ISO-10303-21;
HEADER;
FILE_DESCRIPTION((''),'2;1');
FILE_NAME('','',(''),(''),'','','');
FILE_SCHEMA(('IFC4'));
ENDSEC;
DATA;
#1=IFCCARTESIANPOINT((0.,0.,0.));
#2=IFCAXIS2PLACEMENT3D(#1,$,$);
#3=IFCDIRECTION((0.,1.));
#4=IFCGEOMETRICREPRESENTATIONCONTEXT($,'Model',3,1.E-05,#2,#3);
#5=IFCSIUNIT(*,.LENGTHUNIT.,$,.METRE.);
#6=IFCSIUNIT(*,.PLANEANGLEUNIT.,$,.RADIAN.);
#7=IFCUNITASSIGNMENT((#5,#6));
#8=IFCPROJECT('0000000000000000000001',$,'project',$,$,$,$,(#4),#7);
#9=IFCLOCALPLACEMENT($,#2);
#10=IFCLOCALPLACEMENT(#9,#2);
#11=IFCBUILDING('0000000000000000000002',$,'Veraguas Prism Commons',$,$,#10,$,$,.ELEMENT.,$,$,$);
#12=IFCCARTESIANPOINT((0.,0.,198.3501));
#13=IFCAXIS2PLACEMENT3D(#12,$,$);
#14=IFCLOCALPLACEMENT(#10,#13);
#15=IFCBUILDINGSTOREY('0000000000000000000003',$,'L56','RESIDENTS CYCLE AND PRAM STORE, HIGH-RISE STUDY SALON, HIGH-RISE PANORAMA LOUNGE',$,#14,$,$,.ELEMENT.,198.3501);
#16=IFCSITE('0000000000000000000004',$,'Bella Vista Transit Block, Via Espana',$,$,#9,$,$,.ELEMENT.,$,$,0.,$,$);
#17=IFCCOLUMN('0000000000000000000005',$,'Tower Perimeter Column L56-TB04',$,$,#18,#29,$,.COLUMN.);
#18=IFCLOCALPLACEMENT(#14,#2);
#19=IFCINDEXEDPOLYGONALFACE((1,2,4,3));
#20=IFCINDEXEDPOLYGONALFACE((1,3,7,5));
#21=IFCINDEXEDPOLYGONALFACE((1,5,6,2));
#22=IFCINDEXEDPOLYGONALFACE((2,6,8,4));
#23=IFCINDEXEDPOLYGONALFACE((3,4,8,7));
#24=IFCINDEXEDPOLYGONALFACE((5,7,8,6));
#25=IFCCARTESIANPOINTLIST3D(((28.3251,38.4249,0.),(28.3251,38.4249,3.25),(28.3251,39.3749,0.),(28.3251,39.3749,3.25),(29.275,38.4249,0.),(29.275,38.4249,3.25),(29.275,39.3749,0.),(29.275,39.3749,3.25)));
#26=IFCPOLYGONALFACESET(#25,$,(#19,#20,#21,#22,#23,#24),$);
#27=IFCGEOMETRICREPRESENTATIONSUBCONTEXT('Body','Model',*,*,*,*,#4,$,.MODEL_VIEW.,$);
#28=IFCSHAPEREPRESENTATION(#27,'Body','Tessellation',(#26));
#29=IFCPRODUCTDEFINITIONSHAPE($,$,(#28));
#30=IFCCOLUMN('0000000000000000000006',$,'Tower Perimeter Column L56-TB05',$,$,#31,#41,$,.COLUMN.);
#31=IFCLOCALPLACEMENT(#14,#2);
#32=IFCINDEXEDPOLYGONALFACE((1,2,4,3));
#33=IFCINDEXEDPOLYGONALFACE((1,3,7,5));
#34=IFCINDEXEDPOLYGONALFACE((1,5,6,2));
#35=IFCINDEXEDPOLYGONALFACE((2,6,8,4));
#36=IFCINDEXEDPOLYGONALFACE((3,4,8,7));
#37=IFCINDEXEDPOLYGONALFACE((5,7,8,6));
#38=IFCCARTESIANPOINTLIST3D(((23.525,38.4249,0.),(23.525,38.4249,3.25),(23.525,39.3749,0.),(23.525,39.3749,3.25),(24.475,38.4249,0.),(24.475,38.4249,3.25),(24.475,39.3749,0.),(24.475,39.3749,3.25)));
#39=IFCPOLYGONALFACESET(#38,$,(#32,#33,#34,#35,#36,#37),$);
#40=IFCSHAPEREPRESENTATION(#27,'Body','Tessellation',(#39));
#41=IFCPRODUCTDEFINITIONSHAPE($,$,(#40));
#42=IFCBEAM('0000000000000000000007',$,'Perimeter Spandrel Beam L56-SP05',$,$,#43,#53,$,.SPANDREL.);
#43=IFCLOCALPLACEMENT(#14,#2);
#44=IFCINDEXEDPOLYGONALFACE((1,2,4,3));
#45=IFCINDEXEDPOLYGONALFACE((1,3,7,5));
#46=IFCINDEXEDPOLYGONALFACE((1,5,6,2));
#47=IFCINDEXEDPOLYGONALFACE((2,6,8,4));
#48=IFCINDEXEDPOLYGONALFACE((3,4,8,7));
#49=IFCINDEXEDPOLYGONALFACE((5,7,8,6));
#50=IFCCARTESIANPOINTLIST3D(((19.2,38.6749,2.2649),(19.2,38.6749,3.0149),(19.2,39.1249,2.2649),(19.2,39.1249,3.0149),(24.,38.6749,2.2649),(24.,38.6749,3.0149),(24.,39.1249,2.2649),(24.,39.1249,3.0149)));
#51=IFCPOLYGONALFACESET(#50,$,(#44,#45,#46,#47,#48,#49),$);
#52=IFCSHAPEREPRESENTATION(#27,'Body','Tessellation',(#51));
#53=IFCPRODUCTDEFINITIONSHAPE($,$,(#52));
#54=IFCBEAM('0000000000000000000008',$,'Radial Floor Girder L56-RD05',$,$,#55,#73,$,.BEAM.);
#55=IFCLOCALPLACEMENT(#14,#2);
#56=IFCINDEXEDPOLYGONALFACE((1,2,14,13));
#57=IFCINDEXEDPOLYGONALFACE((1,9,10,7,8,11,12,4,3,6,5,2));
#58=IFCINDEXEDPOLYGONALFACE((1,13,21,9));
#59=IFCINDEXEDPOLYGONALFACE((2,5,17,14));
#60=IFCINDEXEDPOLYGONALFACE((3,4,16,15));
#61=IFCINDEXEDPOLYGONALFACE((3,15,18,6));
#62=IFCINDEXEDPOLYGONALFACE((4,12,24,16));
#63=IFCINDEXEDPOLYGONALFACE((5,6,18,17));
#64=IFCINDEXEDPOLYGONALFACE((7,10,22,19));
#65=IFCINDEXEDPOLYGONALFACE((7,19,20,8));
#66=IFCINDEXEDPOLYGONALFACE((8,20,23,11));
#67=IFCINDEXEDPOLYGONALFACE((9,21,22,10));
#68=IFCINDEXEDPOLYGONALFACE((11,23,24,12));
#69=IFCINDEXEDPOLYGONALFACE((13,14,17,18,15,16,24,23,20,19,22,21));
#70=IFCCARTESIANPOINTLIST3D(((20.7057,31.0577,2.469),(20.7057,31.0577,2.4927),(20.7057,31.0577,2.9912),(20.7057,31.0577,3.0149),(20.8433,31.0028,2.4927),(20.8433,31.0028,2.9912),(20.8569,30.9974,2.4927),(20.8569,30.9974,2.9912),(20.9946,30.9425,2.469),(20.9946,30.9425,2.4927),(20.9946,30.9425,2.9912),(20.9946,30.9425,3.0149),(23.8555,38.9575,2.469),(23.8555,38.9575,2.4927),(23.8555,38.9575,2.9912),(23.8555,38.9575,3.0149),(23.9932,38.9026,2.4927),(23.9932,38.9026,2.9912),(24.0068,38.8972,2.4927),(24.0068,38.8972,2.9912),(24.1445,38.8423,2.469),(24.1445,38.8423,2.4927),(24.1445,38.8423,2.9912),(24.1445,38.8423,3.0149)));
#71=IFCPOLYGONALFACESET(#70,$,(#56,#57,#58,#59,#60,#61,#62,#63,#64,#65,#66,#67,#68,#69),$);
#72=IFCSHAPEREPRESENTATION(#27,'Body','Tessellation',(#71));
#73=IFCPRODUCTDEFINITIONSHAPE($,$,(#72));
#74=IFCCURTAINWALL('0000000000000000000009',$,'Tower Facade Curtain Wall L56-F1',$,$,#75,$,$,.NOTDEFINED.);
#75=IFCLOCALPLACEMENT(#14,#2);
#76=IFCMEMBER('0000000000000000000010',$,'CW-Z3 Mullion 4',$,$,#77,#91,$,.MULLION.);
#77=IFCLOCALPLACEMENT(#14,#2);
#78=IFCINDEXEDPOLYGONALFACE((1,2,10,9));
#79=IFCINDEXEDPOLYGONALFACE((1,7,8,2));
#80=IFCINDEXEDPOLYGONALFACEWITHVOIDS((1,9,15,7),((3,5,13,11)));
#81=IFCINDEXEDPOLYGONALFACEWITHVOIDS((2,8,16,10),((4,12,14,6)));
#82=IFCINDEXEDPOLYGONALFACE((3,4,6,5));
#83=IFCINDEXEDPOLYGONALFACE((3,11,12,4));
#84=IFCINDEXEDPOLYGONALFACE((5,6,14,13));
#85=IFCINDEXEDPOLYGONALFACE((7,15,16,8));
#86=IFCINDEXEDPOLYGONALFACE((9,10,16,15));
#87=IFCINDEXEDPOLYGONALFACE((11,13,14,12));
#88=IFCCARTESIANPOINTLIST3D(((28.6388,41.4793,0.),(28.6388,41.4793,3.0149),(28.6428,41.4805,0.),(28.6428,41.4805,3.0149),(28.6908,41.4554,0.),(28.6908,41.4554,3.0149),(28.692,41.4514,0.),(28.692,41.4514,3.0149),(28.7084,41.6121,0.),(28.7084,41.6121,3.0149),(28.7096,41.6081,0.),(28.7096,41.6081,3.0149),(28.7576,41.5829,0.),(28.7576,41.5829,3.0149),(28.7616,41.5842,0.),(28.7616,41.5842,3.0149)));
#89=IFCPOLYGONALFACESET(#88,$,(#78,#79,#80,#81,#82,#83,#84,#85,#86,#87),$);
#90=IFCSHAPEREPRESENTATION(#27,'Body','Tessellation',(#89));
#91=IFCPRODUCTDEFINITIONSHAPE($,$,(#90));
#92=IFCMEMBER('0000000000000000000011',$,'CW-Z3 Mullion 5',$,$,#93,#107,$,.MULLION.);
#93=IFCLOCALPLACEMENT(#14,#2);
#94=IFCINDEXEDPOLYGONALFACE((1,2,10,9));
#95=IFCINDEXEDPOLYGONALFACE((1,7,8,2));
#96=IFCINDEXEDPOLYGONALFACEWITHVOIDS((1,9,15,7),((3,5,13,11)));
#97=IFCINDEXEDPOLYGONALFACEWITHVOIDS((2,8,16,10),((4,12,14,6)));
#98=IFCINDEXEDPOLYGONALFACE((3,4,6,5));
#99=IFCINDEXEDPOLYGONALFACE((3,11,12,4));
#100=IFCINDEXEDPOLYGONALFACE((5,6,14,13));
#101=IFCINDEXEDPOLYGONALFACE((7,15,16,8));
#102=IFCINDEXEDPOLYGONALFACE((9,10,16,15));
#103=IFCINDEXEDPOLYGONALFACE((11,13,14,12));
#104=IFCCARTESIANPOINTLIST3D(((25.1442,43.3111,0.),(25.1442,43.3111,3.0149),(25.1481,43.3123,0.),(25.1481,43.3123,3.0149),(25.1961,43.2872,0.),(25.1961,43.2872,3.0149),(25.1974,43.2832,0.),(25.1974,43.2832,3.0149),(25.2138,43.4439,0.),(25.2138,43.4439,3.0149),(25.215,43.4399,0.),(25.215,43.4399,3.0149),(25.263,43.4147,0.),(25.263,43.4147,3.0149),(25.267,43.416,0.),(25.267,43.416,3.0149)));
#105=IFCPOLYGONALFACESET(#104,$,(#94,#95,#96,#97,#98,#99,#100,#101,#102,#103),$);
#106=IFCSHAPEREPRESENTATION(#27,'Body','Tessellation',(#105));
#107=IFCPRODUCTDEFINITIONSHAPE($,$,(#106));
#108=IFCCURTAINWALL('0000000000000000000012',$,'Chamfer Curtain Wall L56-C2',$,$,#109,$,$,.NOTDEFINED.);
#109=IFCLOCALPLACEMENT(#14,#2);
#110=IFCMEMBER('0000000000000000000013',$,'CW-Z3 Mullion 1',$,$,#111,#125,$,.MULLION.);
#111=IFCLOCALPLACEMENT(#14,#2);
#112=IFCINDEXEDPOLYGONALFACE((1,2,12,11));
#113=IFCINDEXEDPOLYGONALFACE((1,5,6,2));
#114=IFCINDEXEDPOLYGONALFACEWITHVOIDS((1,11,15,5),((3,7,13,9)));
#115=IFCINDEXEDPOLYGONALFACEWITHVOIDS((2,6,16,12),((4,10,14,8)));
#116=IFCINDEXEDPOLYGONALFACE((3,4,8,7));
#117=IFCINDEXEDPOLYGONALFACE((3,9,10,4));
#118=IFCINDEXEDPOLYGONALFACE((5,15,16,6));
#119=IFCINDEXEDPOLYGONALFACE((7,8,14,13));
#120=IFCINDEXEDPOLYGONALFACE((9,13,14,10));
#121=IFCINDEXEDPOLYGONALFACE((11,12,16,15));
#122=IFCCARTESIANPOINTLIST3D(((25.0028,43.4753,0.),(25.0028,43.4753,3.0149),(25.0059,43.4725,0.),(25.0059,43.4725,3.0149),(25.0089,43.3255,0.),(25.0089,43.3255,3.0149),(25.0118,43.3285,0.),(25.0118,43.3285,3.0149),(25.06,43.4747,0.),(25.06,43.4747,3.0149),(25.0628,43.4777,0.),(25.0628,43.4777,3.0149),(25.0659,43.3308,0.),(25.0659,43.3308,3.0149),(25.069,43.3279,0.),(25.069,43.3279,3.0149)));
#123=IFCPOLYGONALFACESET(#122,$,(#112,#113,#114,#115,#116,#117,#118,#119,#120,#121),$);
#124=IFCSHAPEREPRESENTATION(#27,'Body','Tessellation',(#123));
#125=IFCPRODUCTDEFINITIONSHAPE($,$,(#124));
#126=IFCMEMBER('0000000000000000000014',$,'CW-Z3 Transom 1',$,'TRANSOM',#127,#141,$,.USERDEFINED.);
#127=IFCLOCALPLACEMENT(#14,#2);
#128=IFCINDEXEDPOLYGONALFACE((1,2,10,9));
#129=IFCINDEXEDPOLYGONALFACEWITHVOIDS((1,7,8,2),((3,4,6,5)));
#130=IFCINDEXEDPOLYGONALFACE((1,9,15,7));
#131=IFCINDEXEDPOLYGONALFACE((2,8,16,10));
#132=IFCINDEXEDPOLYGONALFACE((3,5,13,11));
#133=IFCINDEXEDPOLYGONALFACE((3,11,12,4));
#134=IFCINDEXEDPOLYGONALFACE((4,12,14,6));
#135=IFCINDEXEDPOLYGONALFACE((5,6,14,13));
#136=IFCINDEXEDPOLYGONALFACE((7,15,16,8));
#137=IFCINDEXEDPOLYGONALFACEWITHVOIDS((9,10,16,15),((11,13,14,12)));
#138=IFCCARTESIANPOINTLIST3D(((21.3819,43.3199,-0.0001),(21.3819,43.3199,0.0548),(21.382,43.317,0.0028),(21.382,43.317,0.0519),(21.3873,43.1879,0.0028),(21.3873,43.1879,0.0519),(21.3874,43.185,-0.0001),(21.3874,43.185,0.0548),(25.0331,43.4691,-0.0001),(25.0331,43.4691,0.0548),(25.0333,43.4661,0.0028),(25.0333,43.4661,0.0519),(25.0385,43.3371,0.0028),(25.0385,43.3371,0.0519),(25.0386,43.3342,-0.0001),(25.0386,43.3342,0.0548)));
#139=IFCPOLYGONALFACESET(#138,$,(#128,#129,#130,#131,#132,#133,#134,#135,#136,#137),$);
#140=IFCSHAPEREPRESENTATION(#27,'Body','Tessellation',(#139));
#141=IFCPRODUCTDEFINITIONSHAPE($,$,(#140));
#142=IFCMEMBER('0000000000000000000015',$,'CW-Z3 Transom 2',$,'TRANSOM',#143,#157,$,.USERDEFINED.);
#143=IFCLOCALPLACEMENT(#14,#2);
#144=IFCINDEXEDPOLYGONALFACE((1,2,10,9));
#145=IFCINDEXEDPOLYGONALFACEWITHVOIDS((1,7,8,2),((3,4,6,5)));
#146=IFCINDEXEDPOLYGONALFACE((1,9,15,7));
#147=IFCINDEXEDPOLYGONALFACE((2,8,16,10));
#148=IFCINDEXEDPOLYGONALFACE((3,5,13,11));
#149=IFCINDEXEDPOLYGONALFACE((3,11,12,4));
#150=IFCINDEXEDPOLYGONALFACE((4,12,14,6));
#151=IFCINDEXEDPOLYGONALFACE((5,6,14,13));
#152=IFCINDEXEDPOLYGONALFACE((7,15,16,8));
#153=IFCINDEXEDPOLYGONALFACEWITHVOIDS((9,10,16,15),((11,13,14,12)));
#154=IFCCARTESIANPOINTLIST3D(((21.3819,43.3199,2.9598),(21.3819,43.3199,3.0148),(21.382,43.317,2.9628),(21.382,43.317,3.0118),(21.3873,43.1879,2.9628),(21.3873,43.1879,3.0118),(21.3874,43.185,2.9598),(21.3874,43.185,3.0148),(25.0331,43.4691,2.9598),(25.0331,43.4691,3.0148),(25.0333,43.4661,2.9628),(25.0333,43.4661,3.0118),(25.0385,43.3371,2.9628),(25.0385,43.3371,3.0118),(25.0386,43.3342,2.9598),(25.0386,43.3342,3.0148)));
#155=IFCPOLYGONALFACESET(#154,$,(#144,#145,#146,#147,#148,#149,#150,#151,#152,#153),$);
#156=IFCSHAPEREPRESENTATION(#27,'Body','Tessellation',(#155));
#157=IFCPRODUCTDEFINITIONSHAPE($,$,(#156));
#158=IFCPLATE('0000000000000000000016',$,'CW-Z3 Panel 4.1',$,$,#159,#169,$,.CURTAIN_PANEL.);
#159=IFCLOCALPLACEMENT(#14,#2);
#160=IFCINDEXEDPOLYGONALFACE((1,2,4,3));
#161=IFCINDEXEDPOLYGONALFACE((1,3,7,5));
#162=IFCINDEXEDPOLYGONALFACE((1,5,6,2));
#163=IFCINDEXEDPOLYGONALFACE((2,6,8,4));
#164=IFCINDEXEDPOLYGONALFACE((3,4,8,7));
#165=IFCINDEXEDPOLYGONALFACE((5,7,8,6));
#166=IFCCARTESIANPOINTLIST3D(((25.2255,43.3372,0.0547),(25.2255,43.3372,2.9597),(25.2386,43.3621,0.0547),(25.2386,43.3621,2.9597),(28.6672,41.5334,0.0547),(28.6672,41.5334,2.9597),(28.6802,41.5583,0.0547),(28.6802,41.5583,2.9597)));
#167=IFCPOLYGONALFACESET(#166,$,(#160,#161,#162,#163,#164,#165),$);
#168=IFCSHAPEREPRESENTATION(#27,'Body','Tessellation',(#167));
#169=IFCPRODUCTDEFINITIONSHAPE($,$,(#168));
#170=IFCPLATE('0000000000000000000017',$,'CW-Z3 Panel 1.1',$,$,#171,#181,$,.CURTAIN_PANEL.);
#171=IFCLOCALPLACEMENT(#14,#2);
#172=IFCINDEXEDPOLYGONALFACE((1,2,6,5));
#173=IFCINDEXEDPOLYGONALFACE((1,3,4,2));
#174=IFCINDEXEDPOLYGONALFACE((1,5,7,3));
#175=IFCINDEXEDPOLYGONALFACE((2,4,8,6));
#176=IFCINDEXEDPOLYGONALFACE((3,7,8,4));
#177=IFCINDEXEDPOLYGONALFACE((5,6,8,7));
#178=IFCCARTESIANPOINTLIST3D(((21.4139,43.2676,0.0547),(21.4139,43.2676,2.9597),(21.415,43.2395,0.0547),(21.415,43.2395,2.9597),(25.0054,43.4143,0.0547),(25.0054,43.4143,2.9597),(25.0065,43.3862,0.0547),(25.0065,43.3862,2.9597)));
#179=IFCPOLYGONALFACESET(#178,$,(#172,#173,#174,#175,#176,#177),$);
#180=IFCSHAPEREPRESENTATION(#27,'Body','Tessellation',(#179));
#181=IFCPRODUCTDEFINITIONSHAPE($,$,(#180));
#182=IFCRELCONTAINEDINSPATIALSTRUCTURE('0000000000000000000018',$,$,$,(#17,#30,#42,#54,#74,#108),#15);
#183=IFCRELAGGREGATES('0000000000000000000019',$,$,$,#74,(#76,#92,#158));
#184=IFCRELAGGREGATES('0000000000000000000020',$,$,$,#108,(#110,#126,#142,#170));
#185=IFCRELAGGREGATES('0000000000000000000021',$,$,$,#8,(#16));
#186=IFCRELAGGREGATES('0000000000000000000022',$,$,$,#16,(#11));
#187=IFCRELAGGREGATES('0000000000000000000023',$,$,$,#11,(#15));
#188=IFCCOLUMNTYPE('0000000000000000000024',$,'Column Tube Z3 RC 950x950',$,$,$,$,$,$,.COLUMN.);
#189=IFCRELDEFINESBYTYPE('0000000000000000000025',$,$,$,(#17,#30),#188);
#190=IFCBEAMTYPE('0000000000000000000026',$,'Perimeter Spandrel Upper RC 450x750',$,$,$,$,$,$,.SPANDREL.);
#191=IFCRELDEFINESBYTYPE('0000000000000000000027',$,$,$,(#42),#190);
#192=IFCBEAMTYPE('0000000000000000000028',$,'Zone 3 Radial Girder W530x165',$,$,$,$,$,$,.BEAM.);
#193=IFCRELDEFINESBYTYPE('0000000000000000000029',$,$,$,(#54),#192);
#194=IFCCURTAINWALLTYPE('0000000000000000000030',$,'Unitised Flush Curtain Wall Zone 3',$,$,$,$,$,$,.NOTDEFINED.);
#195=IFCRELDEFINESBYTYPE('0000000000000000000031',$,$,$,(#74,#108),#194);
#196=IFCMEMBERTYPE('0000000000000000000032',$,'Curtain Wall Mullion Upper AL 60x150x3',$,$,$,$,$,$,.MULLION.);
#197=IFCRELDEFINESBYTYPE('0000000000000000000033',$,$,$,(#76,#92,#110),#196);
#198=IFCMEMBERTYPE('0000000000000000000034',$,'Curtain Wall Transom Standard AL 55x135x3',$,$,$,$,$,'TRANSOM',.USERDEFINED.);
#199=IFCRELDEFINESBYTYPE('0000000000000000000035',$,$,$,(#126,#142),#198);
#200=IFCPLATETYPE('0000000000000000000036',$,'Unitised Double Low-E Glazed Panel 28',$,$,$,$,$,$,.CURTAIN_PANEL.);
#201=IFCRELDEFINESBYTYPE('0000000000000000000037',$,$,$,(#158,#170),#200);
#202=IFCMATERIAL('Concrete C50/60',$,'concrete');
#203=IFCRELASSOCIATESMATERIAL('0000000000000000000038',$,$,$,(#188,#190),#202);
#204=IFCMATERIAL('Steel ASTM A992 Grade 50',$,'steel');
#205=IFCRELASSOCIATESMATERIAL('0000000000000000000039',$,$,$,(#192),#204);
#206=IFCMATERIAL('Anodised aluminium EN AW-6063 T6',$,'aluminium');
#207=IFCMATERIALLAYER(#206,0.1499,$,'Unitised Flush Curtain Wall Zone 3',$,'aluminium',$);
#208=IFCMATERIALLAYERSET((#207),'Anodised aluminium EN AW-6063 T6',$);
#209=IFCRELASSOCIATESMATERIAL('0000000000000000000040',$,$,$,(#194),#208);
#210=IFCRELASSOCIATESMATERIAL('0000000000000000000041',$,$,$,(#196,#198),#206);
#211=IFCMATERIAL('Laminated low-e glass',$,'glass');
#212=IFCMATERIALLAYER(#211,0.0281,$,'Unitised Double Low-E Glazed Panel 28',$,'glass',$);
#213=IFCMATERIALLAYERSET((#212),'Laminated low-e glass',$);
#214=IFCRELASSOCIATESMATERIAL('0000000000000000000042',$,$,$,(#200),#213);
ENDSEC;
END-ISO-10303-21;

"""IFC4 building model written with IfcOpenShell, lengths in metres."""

from ifc_helpers import new_model, si_unit, direction, frame, origin, origin_2d, place, context, subcontext, project, spatial, rectangle, hollow_rectangle, i_section, extrude, source, transform, mapped, material, layer, layer_set, material_profile, profile_set, type_object, element, aggregate, save


model = new_model("IFC4")

# Units and contexts
model_context = context("Model", 3, precision=1e-05, world=origin(), true_north=direction((0.0, 1.0)))
body_context = subcontext(model_context, "Body", "Model", "MODEL_VIEW")
ifc_project = project(units=[si_unit("LENGTHUNIT", "METRE"), si_unit("PLANEANGLEUNIT", "RADIAN")], contexts=[model_context])

# Site, building, storey
site_placement = place(None, origin())
site = spatial("IfcSite", under=ifc_project, at=site_placement, Name="Bella Vista Transit Block, Via Espana", CompositionType="ELEMENT", RefElevation=0.0)
building_placement = place(site_placement, origin())
building = spatial("IfcBuilding", under=site, at=building_placement, Name="Veraguas Prism Commons", CompositionType="ELEMENT")
storey_placement = place(building_placement, frame((0.0, 0.0, 198.3501)))
storey = spatial("IfcBuildingStorey", under=building, at=storey_placement, Name="L56", Description="RESIDENTS CYCLE AND PRAM STORE, HIGH-RISE STUDY SALON, HIGH-RISE PANORAMA LOUNGE", CompositionType="ELEMENT", Elevation=198.3501)

# Columns
ifc_material_1 = material(Name="Concrete C50/60", Category="concrete")
ifc_material_profile_1 = material_profile(ifc_material_1, rectangle(XDim=0.95, YDim=0.95, at=origin_2d()), Name="RC950X950")
ifc_profile_set_1 = profile_set([ifc_material_profile_1], Name="Concrete C50/60")
column_type = type_object("IfcColumnType", Name="Column Tube Z3 RC 950x950", PredefinedType="COLUMN", material=ifc_profile_set_1)
for number, where, z_axis, x_axis, name in (
    (1, (28.8, 38.8999, 0.0), (0.0, 0.0, 1.0), (1.0, 0.0, 0.0), "Tower Perimeter Column L56-TB04"),
    (2, (24.0, 38.8999, 0.0), (0.0, 0.0, 1.0), (1.0, 0.0, 0.0), "Tower Perimeter Column L56-TB05"),
):
    element("IfcColumn", number, at=place(storey_placement, frame(where, z_axis=z_axis, x_axis=x_axis)), inside=storey, type_object=column_type, Name=name, PredefinedType="COLUMN", context=body_context, shape_type="SweptSolid", body=[
        extrude(rectangle(XDim=0.95, YDim=0.95, at=origin_2d()), origin(), (0.0, 0.0, 1.0), 3.25),
    ])

# Beams
ifc_material_profile_2 = material_profile(ifc_material_1, rectangle(XDim=0.45, YDim=0.75, at=origin_2d()), Name="RC450X750")
ifc_profile_set_2 = profile_set([ifc_material_profile_2], Name="Concrete C50/60")
beam_type_1 = type_object("IfcBeamType", Name="Perimeter Spandrel Upper RC 450x750", PredefinedType="SPANDREL", material=ifc_profile_set_2)
beam_1_placement = place(storey_placement, frame((24.0, 38.8999, 2.6399), z_axis=(-1.0, 0.0, 0.0), x_axis=(0.0, -1.0, 0.0)))
element("IfcBeam", 3, at=beam_1_placement, inside=storey, type_object=beam_type_1, Name="Perimeter Spandrel Beam L56-SP05", PredefinedType="SPANDREL", context=body_context, shape_type="SweptSolid", body=[
    extrude(rectangle(XDim=0.45, YDim=0.75, at=origin_2d()), origin(), (0.0, 0.0, 1.0), 4.8),
])
ifc_material_2 = material(Name="Steel ASTM A992 Grade 50", Category="steel")
ifc_material_profile_3 = material_profile(ifc_material_2, i_section(OverallWidth=0.311, OverallDepth=0.5459, WebThickness=0.0146, FlangeThickness=0.0237, at=origin_2d()), Name="W530X165")
ifc_profile_set_3 = profile_set([ifc_material_profile_3], Name="Steel ASTM A992 Grade 50")
beam_type_2 = type_object("IfcBeamType", Name="Zone 3 Radial Girder W530x165", PredefinedType="BEAM", material=ifc_profile_set_3)
beam_2_placement = place(storey_placement, frame((24.0, 38.8999, 2.7419), z_axis=(-0.370371, -0.928884, 0.0), x_axis=(0.928884, -0.370371, 0.0)))
element("IfcBeam", 4, at=beam_2_placement, inside=storey, type_object=beam_type_2, Name="Radial Floor Girder L56-RD05", PredefinedType="BEAM", context=body_context, shape_type="SweptSolid", body=[
    extrude(i_section(OverallWidth=0.311, OverallDepth=0.5459, WebThickness=0.0146, FlangeThickness=0.0237, at=origin_2d()), origin(), (0.0, 0.0, 1.0), 8.5046),
])

# Curtain walls, members
ifc_material_3 = material(Name="Anodised aluminium EN AW-6063 T6", Category="aluminium")
ifc_layer_1 = layer(ifc_material_3, 0.1499, Name="Unitised Flush Curtain Wall Zone 3", Category="aluminium")
ifc_layer_set_1 = layer_set([ifc_layer_1], Name="Anodised aluminium EN AW-6063 T6")
curtain_wall_type = type_object("IfcCurtainWallType", Name="Unitised Flush Curtain Wall Zone 3", PredefinedType="NOTDEFINED", material=ifc_layer_set_1)
curtain_wall_1_placement = place(storey_placement, origin())
curtain_wall_1 = element("IfcCurtainWall", 5, at=curtain_wall_1_placement, inside=storey, type_object=curtain_wall_type, Name="Tower Facade Curtain Wall L56-F1", PredefinedType="NOTDEFINED")
ifc_material_profile_4 = material_profile(ifc_material_3, hollow_rectangle(XDim=0.0601, YDim=0.1499, WallThickness=0.0029, at=origin_2d()), Name="AL60X150X3")
ifc_profile_set_4 = profile_set([ifc_material_profile_4], Name="Anodised aluminium EN AW-6063 T6")
member_type_1 = type_object("IfcMemberType", Name="Curtain Wall Mullion Upper AL 60x150x3", PredefinedType="MULLION", material=ifc_profile_set_4)
shared_shape_1 = source(origin(), body_context, "Body", "SweptSolid", [
    extrude(hollow_rectangle(XDim=0.0601, YDim=0.1499, WallThickness=0.0029, at=origin_2d()), origin(), (0.0, 0.0, 1.0), 3.0149),
])
member_1_placement = place(storey_placement, frame((28.7002, 41.5317, 0.0), z_axis=(0.0, 0.0, 1.0), x_axis=(-0.885722, 0.464216, 0.0)))
member_1 = element("IfcMember", 6, at=member_1_placement, type_object=member_type_1, Name="CW-Z3 Mullion 4", PredefinedType="MULLION", context=body_context, shape_type="MappedRepresentation", body=[
    mapped(shared_shape_1, transform((0.0, 0.0, 0.0), scale=1.0)),
])
member_2_placement = place(storey_placement, frame((25.2056, 43.3635, 0.0), z_axis=(0.0, 0.0, 1.0), x_axis=(-0.885722, 0.464216, 0.0)))
member_2 = element("IfcMember", 7, at=member_2_placement, type_object=member_type_1, Name="CW-Z3 Mullion 5", PredefinedType="MULLION", context=body_context, shape_type="MappedRepresentation", body=[
    mapped(shared_shape_1, transform((0.0, 0.0, 0.0), scale=1.0)),
])
curtain_wall_2_placement = place(storey_placement, origin())
curtain_wall_2 = element("IfcCurtainWall", 8, at=curtain_wall_2_placement, inside=storey, type_object=curtain_wall_type, Name="Chamfer Curtain Wall L56-C2", PredefinedType="NOTDEFINED")
member_3_placement = place(storey_placement, frame((25.0359, 43.4016, 0.0), z_axis=(0.0, 0.0, 1.0), x_axis=(-0.999167, -0.040814, 0.0)))
member_3 = element("IfcMember", 9, at=member_3_placement, type_object=member_type_1, Name="CW-Z3 Mullion 1", PredefinedType="MULLION", context=body_context, shape_type="MappedRepresentation", body=[
    mapped(shared_shape_1, transform((0.0, 0.0, 0.0), scale=1.0)),
])
ifc_material_profile_5 = material_profile(ifc_material_3, hollow_rectangle(XDim=0.0549, YDim=0.135, WallThickness=0.0029, at=origin_2d()), Name="AL55X135X3")
ifc_profile_set_5 = profile_set([ifc_material_profile_5], Name="Anodised aluminium EN AW-6063 T6")
member_type_2 = type_object("IfcMemberType", Name="Curtain Wall Transom Standard AL 55x135x3", ElementType="TRANSOM", PredefinedType="USERDEFINED", material=ifc_profile_set_5)
shared_shape_2 = source(origin(), body_context, "Body", "SweptSolid", [
    extrude(hollow_rectangle(XDim=0.0549, YDim=0.135, WallThickness=0.0029, at=origin_2d()), origin(), (0.0, 0.0, 1.0), 3.6543),
])
member_4_placement = place(storey_placement, frame((25.0359, 43.4016, 0.0273), z_axis=(-0.999167, -0.040819, 0.0), x_axis=(0.0, 0.0, 1.0)))
member_4 = element("IfcMember", 10, at=member_4_placement, type_object=member_type_2, Name="CW-Z3 Transom 1", ObjectType="TRANSOM", PredefinedType="USERDEFINED", context=body_context, shape_type="MappedRepresentation", body=[
    mapped(shared_shape_2, transform((0.0, 0.0, 0.0), scale=1.0)),
])
member_5_placement = place(storey_placement, frame((25.0359, 43.4016, 2.9873), z_axis=(-0.999167, -0.040819, 0.0), x_axis=(0.0, 0.0, 1.0)))
member_5 = element("IfcMember", 11, at=member_5_placement, type_object=member_type_2, Name="CW-Z3 Transom 2", ObjectType="TRANSOM", PredefinedType="USERDEFINED", context=body_context, shape_type="MappedRepresentation", body=[
    mapped(shared_shape_2, transform((0.0, 0.0, 0.0), scale=1.0)),
])

# Plates
ifc_material_4 = material(Name="Laminated low-e glass", Category="glass")
ifc_layer_2 = layer(ifc_material_4, 0.0281, Name="Unitised Double Low-E Glazed Panel 28", Category="glass")
ifc_layer_set_2 = layer_set([ifc_layer_2], Name="Laminated low-e glass")
plate_type = type_object("IfcPlateType", Name="Unitised Double Low-E Glazed Panel 28", PredefinedType="CURTAIN_PANEL", material=ifc_layer_set_2)
shared_shape_3 = source(origin(), body_context, "Body", "SweptSolid", [
    extrude(rectangle(XDim=3.8857, YDim=0.0281, at=origin_2d()), origin(), (0.0, 0.0, 1.0), 2.905),
])
plate_1_placement = place(storey_placement, frame((26.9529, 42.4478, 0.0547), z_axis=(0.0, 0.0, 1.0), x_axis=(-0.885722, 0.464216, 0.0)))
plate_1 = element("IfcPlate", 12, at=plate_1_placement, type_object=plate_type, Name="CW-Z3 Panel 4.1", PredefinedType="CURTAIN_PANEL", context=body_context, shape_type="MappedRepresentation", body=[
    mapped(shared_shape_3, transform((0.0, 0.0, 0.0), scale=1.0)),
])
aggregate(curtain_wall_1, [member_1, member_2, plate_1])
shared_shape_4 = source(origin(), body_context, "Body", "SweptSolid", [
    extrude(rectangle(XDim=3.5945, YDim=0.0281, at=origin_2d()), origin(), (0.0, 0.0, 1.0), 2.905),
])
plate_2_placement = place(storey_placement, frame((23.2102, 43.3269, 0.0547), z_axis=(0.0, 0.0, 1.0), x_axis=(-0.999167, -0.040814, 0.0)))
plate_2 = element("IfcPlate", 13, at=plate_2_placement, type_object=plate_type, Name="CW-Z3 Panel 1.1", PredefinedType="CURTAIN_PANEL", context=body_context, shape_type="MappedRepresentation", body=[
    mapped(shared_shape_4, transform((0.0, 0.0, 0.0), scale=1.0)),
])
aggregate(curtain_wall_2, [member_3, member_4, member_5, plate_2])

save(model, "model.ifc")
